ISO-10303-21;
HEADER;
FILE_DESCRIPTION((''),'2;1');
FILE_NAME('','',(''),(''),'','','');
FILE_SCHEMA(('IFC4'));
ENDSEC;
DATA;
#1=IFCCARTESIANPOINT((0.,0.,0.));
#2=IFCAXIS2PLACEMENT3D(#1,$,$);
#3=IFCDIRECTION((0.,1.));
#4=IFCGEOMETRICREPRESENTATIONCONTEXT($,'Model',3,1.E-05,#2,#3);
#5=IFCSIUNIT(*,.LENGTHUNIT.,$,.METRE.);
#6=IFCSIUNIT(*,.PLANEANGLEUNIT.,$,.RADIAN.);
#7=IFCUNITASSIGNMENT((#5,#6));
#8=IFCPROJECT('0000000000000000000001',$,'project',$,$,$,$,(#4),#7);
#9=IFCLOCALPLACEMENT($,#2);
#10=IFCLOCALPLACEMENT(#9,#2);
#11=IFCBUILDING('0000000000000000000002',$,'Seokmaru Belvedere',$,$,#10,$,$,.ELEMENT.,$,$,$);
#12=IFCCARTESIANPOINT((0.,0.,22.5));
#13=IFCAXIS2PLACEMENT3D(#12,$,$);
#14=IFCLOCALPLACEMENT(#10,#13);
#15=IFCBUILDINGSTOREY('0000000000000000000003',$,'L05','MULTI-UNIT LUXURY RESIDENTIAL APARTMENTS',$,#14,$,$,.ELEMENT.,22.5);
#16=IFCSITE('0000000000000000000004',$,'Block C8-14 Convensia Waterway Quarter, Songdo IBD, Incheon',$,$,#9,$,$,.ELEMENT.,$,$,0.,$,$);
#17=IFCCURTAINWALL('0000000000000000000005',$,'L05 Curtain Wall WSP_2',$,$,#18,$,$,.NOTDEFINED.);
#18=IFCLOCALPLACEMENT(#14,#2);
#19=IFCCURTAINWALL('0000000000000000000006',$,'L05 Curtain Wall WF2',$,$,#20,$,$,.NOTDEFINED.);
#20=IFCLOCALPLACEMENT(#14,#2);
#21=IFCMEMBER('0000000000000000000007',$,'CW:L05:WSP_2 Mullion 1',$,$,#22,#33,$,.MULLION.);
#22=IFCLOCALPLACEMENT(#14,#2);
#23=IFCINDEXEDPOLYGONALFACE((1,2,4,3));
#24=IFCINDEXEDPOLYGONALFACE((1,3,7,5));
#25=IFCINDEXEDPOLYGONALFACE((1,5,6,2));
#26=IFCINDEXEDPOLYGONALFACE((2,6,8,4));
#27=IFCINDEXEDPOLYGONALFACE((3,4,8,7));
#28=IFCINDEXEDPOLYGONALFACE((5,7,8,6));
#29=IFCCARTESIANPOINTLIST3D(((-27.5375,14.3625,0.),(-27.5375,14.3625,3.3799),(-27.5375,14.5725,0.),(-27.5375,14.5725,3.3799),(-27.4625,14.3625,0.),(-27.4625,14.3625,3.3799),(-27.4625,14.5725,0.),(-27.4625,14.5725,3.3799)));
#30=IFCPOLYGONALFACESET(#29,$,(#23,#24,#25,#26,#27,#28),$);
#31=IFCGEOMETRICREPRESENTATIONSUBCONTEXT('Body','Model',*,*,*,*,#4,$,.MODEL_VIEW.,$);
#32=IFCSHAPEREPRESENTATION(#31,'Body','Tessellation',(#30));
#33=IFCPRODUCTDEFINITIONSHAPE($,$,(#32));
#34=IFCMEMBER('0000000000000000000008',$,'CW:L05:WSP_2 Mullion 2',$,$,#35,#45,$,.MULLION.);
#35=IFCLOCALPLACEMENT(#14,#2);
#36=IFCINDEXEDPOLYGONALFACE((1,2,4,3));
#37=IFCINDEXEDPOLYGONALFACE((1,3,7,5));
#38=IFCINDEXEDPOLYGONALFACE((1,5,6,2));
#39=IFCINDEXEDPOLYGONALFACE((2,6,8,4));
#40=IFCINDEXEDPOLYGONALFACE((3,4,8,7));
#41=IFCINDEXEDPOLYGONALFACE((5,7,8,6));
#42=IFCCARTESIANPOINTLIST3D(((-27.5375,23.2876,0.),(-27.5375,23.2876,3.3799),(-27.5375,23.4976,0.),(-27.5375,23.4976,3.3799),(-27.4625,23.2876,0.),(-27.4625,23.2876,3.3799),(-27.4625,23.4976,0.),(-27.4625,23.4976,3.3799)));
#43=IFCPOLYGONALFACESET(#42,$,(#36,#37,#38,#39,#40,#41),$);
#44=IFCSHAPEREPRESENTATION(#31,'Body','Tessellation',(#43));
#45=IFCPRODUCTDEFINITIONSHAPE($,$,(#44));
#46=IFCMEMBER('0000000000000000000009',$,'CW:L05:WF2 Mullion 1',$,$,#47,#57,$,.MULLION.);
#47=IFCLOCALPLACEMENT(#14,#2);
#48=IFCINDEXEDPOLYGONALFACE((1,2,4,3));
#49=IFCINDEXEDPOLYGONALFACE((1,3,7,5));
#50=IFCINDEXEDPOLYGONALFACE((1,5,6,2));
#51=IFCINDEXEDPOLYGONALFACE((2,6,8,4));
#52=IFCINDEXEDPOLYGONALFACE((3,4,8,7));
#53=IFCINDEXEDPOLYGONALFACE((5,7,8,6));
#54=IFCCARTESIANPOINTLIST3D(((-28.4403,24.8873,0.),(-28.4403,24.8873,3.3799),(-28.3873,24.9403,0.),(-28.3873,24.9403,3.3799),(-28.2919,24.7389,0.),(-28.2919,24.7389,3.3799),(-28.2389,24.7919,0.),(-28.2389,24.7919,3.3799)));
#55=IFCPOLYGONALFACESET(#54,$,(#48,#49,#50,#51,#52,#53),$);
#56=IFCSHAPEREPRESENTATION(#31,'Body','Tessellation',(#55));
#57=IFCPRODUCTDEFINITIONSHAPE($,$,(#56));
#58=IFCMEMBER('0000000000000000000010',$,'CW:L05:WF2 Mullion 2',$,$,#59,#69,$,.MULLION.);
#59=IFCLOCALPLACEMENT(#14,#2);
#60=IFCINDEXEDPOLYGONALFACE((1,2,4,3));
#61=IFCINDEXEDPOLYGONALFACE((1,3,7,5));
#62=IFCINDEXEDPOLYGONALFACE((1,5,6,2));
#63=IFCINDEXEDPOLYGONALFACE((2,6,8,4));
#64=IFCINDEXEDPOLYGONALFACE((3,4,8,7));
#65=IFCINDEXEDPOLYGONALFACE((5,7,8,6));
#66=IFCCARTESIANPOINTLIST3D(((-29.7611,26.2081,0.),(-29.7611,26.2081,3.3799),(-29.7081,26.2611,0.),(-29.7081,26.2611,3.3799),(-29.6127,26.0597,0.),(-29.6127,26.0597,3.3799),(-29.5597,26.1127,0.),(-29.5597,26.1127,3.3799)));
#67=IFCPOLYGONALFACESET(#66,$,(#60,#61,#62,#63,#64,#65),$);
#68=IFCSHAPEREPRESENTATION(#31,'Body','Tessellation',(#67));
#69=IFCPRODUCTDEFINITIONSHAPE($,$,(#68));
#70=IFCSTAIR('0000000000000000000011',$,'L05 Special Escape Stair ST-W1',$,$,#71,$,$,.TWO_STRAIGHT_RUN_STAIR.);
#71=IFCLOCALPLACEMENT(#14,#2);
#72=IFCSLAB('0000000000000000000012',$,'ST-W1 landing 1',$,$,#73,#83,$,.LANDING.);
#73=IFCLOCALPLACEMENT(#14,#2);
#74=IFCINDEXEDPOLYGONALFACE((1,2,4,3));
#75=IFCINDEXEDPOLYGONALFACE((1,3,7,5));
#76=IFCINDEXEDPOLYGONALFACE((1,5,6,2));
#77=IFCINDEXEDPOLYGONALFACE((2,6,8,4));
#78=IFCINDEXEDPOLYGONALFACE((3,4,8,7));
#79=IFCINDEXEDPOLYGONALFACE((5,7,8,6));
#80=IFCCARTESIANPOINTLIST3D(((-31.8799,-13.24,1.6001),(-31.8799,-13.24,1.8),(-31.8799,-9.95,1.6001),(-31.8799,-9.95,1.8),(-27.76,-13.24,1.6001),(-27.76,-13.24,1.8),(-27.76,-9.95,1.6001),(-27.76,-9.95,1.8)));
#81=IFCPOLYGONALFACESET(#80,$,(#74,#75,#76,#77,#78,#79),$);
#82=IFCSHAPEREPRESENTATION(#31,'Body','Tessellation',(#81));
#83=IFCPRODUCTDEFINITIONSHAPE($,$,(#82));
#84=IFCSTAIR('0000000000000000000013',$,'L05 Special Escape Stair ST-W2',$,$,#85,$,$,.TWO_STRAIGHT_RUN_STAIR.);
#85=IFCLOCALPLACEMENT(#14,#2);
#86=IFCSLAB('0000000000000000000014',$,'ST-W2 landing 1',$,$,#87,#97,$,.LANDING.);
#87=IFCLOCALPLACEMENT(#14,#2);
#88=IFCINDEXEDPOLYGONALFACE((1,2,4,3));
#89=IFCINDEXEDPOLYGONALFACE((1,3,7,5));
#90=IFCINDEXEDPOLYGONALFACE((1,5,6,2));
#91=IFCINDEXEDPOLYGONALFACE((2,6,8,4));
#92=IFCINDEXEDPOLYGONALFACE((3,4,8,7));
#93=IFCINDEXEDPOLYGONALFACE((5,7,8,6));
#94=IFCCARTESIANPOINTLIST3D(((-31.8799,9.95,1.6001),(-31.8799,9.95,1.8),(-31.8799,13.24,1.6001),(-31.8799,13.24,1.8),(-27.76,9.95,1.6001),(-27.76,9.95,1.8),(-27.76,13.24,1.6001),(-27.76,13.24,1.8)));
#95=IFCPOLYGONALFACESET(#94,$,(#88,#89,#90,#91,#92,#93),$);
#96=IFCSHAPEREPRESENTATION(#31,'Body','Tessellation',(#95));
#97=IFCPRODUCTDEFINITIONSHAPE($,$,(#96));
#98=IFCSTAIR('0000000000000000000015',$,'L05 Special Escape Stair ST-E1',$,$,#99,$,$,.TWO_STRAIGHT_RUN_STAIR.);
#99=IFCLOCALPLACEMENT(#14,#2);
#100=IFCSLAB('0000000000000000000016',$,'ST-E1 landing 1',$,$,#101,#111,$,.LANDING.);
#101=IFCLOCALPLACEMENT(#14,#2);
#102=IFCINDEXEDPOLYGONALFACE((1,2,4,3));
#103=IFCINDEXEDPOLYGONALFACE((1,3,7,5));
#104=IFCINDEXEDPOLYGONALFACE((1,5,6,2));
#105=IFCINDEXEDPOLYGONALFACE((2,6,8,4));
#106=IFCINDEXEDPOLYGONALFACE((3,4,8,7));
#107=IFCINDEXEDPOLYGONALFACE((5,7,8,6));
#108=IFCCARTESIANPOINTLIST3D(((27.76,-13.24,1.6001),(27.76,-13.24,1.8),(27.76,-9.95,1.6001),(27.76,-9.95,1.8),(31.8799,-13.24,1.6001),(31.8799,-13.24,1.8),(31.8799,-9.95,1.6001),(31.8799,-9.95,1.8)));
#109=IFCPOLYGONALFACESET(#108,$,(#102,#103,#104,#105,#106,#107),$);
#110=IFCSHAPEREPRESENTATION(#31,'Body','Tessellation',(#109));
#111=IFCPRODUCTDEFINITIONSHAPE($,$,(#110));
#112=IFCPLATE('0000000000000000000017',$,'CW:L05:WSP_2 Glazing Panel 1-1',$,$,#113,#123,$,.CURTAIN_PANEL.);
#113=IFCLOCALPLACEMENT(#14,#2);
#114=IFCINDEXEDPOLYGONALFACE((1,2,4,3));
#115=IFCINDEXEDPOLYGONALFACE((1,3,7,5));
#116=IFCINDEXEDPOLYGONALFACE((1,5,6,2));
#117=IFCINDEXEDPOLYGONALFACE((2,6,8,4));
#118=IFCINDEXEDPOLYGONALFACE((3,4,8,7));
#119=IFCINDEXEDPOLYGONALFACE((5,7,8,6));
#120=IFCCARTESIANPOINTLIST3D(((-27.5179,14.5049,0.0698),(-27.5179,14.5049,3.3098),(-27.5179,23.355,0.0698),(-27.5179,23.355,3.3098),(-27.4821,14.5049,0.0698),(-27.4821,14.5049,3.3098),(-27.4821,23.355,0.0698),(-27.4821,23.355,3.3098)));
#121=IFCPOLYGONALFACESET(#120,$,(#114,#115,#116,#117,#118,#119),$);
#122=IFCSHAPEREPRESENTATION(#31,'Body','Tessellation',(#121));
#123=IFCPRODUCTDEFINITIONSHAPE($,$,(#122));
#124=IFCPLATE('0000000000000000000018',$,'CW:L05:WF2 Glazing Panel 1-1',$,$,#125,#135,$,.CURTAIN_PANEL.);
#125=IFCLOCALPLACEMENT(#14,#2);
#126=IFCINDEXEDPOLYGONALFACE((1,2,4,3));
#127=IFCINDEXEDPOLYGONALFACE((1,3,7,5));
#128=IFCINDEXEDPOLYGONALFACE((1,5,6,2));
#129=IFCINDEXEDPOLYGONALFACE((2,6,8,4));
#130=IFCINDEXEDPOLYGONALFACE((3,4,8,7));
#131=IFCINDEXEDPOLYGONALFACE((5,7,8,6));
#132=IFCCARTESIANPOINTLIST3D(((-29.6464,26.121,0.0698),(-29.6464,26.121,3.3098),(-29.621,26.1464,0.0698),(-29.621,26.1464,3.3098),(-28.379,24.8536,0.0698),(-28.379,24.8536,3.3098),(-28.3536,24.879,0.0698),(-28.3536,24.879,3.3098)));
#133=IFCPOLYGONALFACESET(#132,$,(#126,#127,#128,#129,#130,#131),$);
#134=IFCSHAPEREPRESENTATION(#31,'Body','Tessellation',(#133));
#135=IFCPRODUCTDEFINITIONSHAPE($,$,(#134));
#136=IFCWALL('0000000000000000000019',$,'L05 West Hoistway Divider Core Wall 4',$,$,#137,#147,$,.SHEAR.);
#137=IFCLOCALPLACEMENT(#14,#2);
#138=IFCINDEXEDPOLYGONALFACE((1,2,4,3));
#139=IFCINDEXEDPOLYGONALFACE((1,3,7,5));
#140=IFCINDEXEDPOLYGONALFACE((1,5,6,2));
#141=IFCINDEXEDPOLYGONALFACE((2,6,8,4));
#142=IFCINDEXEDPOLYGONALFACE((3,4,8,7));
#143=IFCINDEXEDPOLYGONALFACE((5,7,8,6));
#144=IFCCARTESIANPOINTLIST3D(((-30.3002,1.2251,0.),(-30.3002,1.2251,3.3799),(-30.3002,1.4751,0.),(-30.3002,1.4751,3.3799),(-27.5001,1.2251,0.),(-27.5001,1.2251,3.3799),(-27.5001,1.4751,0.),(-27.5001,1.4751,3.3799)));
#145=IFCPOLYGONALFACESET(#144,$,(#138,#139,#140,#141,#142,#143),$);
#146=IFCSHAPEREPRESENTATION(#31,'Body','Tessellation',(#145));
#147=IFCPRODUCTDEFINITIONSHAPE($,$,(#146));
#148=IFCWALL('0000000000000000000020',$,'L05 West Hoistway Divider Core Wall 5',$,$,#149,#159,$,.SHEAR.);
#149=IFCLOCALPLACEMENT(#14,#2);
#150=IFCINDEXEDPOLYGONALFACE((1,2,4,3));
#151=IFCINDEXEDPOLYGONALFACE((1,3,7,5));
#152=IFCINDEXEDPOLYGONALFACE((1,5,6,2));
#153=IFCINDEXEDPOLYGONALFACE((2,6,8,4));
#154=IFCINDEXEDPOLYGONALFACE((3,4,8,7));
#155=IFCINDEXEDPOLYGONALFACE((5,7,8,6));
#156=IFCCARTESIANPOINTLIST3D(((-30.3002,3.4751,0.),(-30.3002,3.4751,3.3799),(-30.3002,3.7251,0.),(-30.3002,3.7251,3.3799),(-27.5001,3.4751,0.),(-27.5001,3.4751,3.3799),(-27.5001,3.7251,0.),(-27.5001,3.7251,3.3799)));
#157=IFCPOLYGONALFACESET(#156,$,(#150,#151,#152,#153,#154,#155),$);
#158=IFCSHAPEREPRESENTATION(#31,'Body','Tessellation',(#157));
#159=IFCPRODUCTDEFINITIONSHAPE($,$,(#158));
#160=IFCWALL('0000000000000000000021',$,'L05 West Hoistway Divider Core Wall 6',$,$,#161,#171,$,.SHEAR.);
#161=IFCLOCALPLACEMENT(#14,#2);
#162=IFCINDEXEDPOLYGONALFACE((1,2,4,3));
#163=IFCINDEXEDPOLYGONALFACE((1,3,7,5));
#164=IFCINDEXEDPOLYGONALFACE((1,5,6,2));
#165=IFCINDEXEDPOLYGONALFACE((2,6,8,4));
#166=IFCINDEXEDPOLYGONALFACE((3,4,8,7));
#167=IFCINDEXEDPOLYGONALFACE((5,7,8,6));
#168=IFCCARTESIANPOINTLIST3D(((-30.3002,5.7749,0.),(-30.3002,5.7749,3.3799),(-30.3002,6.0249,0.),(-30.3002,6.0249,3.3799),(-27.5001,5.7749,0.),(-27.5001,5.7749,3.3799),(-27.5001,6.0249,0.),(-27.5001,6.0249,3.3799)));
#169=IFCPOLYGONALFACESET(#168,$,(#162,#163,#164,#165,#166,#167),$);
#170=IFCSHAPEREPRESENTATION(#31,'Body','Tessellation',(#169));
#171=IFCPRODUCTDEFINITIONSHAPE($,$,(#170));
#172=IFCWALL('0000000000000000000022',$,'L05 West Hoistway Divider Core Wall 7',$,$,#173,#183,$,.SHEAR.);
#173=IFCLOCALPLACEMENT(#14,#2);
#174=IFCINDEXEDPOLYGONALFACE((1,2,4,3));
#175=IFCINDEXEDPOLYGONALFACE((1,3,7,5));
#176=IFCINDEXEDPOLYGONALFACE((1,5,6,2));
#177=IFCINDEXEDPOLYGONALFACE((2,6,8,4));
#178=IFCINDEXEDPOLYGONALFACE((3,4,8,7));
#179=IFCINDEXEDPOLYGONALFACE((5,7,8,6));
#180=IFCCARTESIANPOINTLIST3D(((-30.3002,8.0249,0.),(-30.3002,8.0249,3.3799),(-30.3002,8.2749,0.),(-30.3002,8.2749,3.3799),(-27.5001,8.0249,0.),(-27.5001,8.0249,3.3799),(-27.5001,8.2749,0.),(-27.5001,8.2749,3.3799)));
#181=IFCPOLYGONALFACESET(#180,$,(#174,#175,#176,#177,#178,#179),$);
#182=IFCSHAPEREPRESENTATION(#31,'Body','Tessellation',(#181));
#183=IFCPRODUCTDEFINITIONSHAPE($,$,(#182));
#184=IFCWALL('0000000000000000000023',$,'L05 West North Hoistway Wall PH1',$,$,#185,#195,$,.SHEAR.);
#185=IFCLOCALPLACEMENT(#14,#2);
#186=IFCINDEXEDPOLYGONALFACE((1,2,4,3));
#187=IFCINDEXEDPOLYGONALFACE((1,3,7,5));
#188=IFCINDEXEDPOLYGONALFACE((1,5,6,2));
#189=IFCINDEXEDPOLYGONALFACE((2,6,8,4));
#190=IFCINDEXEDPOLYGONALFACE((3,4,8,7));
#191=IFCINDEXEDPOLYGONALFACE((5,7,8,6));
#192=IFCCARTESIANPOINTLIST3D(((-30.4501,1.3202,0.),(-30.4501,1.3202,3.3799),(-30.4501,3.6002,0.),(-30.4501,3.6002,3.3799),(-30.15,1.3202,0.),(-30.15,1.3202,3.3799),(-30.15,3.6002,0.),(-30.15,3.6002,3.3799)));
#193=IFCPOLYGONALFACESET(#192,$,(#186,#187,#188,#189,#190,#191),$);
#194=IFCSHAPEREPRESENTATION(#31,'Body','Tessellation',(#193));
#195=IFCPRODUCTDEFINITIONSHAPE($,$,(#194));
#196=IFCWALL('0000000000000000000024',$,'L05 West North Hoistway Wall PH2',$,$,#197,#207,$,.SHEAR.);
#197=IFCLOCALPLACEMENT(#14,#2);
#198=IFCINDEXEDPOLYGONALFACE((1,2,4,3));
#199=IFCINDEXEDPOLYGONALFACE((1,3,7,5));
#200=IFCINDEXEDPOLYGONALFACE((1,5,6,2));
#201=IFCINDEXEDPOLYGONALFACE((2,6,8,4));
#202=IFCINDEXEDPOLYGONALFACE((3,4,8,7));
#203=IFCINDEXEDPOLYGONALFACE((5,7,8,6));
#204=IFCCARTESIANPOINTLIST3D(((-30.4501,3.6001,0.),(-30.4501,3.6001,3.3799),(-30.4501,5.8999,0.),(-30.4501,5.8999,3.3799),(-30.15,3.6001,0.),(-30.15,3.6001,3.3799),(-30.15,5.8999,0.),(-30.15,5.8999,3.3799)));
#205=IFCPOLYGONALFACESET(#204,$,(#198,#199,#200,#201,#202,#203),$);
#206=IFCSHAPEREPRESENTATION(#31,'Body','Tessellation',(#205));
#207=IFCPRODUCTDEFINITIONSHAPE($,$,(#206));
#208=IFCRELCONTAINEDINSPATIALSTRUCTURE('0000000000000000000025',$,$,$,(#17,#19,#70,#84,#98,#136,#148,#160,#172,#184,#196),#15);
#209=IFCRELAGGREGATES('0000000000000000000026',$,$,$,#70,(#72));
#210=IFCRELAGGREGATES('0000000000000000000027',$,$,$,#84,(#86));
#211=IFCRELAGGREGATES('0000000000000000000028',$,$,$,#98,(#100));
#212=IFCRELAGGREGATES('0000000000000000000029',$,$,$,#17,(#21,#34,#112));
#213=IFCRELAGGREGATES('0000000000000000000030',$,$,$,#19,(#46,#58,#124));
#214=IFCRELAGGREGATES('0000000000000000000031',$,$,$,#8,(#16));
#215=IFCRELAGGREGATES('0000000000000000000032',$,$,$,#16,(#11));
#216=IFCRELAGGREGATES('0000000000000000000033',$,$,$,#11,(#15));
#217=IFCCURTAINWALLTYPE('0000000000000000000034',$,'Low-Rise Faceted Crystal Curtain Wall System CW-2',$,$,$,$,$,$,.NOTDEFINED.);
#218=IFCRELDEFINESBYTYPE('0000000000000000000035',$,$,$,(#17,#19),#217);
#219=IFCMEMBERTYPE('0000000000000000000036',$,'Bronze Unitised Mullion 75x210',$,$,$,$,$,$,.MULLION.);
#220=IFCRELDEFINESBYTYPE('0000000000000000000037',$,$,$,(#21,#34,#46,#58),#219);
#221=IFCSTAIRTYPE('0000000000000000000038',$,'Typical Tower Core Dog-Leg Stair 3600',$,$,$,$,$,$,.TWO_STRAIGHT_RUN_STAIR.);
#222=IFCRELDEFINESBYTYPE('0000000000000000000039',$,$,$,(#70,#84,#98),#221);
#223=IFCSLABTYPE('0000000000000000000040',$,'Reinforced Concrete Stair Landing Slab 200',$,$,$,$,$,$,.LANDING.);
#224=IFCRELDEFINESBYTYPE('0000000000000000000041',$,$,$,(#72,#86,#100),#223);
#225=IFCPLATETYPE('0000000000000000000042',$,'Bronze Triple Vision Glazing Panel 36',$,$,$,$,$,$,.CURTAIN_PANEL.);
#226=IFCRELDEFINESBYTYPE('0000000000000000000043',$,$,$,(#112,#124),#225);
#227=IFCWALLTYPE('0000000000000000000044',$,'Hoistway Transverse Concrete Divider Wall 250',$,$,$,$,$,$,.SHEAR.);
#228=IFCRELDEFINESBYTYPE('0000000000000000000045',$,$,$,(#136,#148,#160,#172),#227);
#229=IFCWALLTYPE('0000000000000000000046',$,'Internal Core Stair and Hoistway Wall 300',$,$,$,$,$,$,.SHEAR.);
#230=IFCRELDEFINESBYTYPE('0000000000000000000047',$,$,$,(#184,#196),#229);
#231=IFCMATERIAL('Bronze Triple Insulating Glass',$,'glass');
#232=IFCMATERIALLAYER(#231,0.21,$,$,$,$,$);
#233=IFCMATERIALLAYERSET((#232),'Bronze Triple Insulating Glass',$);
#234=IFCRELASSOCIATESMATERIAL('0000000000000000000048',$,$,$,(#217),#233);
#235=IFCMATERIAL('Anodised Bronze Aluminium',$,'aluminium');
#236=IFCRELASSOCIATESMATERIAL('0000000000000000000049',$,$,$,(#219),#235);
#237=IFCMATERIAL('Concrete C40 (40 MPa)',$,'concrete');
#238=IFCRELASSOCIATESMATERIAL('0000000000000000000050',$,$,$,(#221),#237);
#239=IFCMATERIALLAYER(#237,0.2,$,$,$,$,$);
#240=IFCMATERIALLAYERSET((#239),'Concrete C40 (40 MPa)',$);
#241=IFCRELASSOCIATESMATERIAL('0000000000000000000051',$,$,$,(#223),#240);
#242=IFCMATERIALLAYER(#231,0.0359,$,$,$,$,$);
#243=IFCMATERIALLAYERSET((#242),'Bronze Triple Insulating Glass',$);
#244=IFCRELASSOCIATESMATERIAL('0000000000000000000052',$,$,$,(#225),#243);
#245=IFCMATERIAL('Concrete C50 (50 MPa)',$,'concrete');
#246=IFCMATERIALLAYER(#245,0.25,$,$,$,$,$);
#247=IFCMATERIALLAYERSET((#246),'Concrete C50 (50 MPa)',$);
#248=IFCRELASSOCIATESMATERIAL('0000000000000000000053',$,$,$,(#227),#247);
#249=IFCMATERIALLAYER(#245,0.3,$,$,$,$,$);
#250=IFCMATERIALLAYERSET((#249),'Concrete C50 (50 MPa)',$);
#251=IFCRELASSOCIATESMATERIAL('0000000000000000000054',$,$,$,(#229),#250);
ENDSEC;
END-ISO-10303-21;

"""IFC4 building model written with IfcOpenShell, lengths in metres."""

from ifc_helpers import new_model, si_unit, direction, frame, frame_2d, origin, origin_2d, place, context, subcontext, project, spatial, polyline, rectangle, outline, extrude, source, transform, mapped, material, layer, layer_set, material_profile, profile_set, type_object, type_shapes, element, aggregate, save


model = new_model("IFC4")

# Units and contexts
model_context = context("Model", 3, precision=1e-05, world=origin(), true_north=direction((0.0, 1.0)))
body_context = subcontext(model_context, "Body", "Model", "MODEL_VIEW")
ifc_project = project(units=[si_unit("LENGTHUNIT", "METRE"), si_unit("PLANEANGLEUNIT", "RADIAN")], contexts=[model_context])

# Site, building, storey
site_placement = place(None, origin())
site = spatial("IfcSite", under=ifc_project, at=site_placement, Name="Block C8-14 Convensia Waterway Quarter, Songdo IBD, Incheon", CompositionType="ELEMENT", RefElevation=0.0)
building_placement = place(site_placement, origin())
building = spatial("IfcBuilding", under=site, at=building_placement, Name="Seokmaru Belvedere", CompositionType="ELEMENT")
storey_placement = place(building_placement, frame((0.0, 0.0, 22.5)))
storey = spatial("IfcBuildingStorey", under=building, at=storey_placement, Name="L05", Description="MULTI-UNIT LUXURY RESIDENTIAL APARTMENTS", CompositionType="ELEMENT", Elevation=22.5)

# Curtain walls
ifc_material_1 = material(Name="Bronze Triple Insulating Glass", Category="glass")
ifc_layer_1 = layer(ifc_material_1, 0.21)
ifc_layer_set_1 = layer_set([ifc_layer_1], Name="Bronze Triple Insulating Glass")
curtain_wall_type = type_object("IfcCurtainWallType", Name="Low-Rise Faceted Crystal Curtain Wall System CW-2", PredefinedType="NOTDEFINED", material=ifc_layer_set_1)
curtain_wall_1_placement = place(storey_placement, origin())
curtain_wall_1 = element("IfcCurtainWall", 1, at=curtain_wall_1_placement, inside=storey, type_object=curtain_wall_type, Name="L05 Curtain Wall WSP_2", PredefinedType="NOTDEFINED")
ifc_material_2 = material(Name="Anodised Bronze Aluminium", Category="aluminium")
curtain_wall_2_placement = place(storey_placement, origin())
curtain_wall_2 = element("IfcCurtainWall", 2, at=curtain_wall_2_placement, inside=storey, type_object=curtain_wall_type, Name="L05 Curtain Wall WF2", PredefinedType="NOTDEFINED")

# Members
ifc_material_profile_1 = material_profile(ifc_material_2, rectangle(XDim=0.075, YDim=0.21, at=origin_2d()), Name="CW-M-75x210")
ifc_profile_set_1 = profile_set([ifc_material_profile_1], Name="Anodised Bronze Aluminium")
member_type_1 = type_object("IfcMemberType", Name="Bronze Unitised Mullion 75x210", PredefinedType="MULLION", material=ifc_profile_set_1)
shared_shape_1 = source(origin(), body_context, "Body", "SweptSolid", [
    extrude(rectangle(XDim=0.075, YDim=0.21, at=origin_2d()), origin(), (0.0, 0.0, 1.0), 3.3799),
])
type_shapes(member_type_1, [shared_shape_1])
member_1_placement = place(storey_placement, frame((-27.5, 14.4675, 0.0), z_axis=(0.0, 0.0, 1.0), x_axis=(-1.0, 0.0, 0.0)))
member_1 = element("IfcMember", 3, at=member_1_placement, type_object=member_type_1, Name="CW:L05:WSP_2 Mullion 1", PredefinedType="MULLION", context=body_context, shape_type="MappedRepresentation", body=[
    mapped(shared_shape_1, transform((0.0, 0.0, 0.0), scale=1.0)),
])
member_2_placement = place(storey_placement, frame((-27.5, 23.3926, 0.0), z_axis=(0.0, 0.0, 1.0), x_axis=(-1.0, 0.0, 0.0)))
member_2 = element("IfcMember", 4, at=member_2_placement, type_object=member_type_1, Name="CW:L05:WSP_2 Mullion 2", PredefinedType="MULLION", context=body_context, shape_type="MappedRepresentation", body=[
    mapped(shared_shape_1, transform((0.0, 0.0, 0.0), scale=1.0)),
])
member_3_placement = place(storey_placement, frame((-28.3396, 24.8396, 0.0), z_axis=(0.0, 0.0, 1.0), x_axis=(-0.707107, -0.707107, 0.0)))
member_3 = element("IfcMember", 5, at=member_3_placement, type_object=member_type_1, Name="CW:L05:WF2 Mullion 1", PredefinedType="MULLION", context=body_context, shape_type="MappedRepresentation", body=[
    mapped(shared_shape_1, transform((0.0, 0.0, 0.0), scale=1.0)),
])
member_4_placement = place(storey_placement, frame((-29.6604, 26.1604, 0.0), z_axis=(0.0, 0.0, 1.0), x_axis=(-0.707107, -0.707107, 0.0)))
member_4 = element("IfcMember", 6, at=member_4_placement, type_object=member_type_1, Name="CW:L05:WF2 Mullion 2", PredefinedType="MULLION", context=body_context, shape_type="MappedRepresentation", body=[
    mapped(shared_shape_1, transform((0.0, 0.0, 0.0), scale=1.0)),
])

# Stairs, slabs
ifc_material_3 = material(Name="Concrete C40 (40 MPa)", Category="concrete")
stair_type = type_object("IfcStairType", Name="Typical Tower Core Dog-Leg Stair 3600", PredefinedType="TWO_STRAIGHT_RUN_STAIR", material=ifc_material_3)
stair_1_placement = place(storey_placement, origin())
stair_1 = element("IfcStair", 7, at=stair_1_placement, inside=storey, type_object=stair_type, Name="L05 Special Escape Stair ST-W1", PredefinedType="TWO_STRAIGHT_RUN_STAIR")
ifc_layer_2 = layer(ifc_material_3, 0.2)
ifc_layer_set_2 = layer_set([ifc_layer_2], Name="Concrete C40 (40 MPa)")
slab_type = type_object("IfcSlabType", Name="Reinforced Concrete Stair Landing Slab 200", PredefinedType="LANDING", material=ifc_layer_set_2)
slab_1_placement = place(storey_placement, frame((0.0, 0.0, 1.6001)))
slab_1 = element("IfcSlab", 8, at=slab_1_placement, type_object=slab_type, Name="ST-W1 landing 1", PredefinedType="LANDING", context=body_context, shape_type="SweptSolid", body=[
    extrude(outline(polyline([(-31.8799, -13.24), (-27.76, -13.24), (-27.76, -9.95), (-31.8799, -9.95), (-31.8799, -13.24)])), origin(), (0.0, 0.0, 1.0), 0.2),
])
aggregate(stair_1, [slab_1])
stair_2_placement = place(storey_placement, origin())
stair_2 = element("IfcStair", 9, at=stair_2_placement, inside=storey, type_object=stair_type, Name="L05 Special Escape Stair ST-W2", PredefinedType="TWO_STRAIGHT_RUN_STAIR")
slab_2_placement = place(storey_placement, frame((0.0, 0.0, 1.6001)))
slab_2 = element("IfcSlab", 10, at=slab_2_placement, type_object=slab_type, Name="ST-W2 landing 1", PredefinedType="LANDING", context=body_context, shape_type="SweptSolid", body=[
    extrude(outline(polyline([(-31.8799, 9.95), (-27.76, 9.95), (-27.76, 13.24), (-31.8799, 13.24), (-31.8799, 9.95)])), origin(), (0.0, 0.0, 1.0), 0.2),
])
aggregate(stair_2, [slab_2])
stair_3_placement = place(storey_placement, origin())
stair_3 = element("IfcStair", 11, at=stair_3_placement, inside=storey, type_object=stair_type, Name="L05 Special Escape Stair ST-E1", PredefinedType="TWO_STRAIGHT_RUN_STAIR")
slab_3_placement = place(storey_placement, frame((0.0, 0.0, 1.6001)))
slab_3 = element("IfcSlab", 12, at=slab_3_placement, type_object=slab_type, Name="ST-E1 landing 1", PredefinedType="LANDING", context=body_context, shape_type="SweptSolid", body=[
    extrude(outline(polyline([(27.76, -13.24), (31.8799, -13.24), (31.8799, -9.95), (27.76, -9.95), (27.76, -13.24)])), origin(), (0.0, 0.0, 1.0), 0.2),
])
aggregate(stair_3, [slab_3])

# Plates
ifc_layer_3 = layer(ifc_material_1, 0.0359)
ifc_layer_set_3 = layer_set([ifc_layer_3], Name="Bronze Triple Insulating Glass")
plate_type = type_object("IfcPlateType", Name="Bronze Triple Vision Glazing Panel 36", PredefinedType="CURTAIN_PANEL", material=ifc_layer_set_3)
shared_shape_2 = source(origin(), body_context, "Body", "SweptSolid", [
    extrude(rectangle(XDim=8.8501, YDim=0.0359, at=origin_2d()), origin(), (0.0, 0.0, 1.0), 3.24),
])
plate_1_placement = place(storey_placement, frame((-27.5, 18.9299, 0.0698), z_axis=(0.0, 0.0, 1.0), x_axis=(0.0, 1.0, 0.0)))
plate_1 = element("IfcPlate", 13, at=plate_1_placement, type_object=plate_type, Name="CW:L05:WSP_2 Glazing Panel 1-1", PredefinedType="CURTAIN_PANEL", context=body_context, shape_type="MappedRepresentation", body=[
    mapped(shared_shape_2, transform((0.0, 0.0, 0.0), scale=1.0)),
])
aggregate(curtain_wall_1, [member_1, member_2, plate_1])
shared_shape_3 = source(origin(), body_context, "Body", "SweptSolid", [
    extrude(rectangle(XDim=1.7925, YDim=0.0359, at=origin_2d()), origin(), (0.0, 0.0, 1.0), 3.24),
])
type_shapes(plate_type, [shared_shape_2, shared_shape_3])
plate_2_placement = place(storey_placement, frame((-29.0, 25.5, 0.0698), z_axis=(0.0, 0.0, 1.0), x_axis=(-0.707107, 0.707107, 0.0)))
plate_2 = element("IfcPlate", 14, at=plate_2_placement, type_object=plate_type, Name="CW:L05:WF2 Glazing Panel 1-1", PredefinedType="CURTAIN_PANEL", context=body_context, shape_type="MappedRepresentation", body=[
    mapped(shared_shape_3, transform((0.0, 0.0, 0.0), scale=1.0)),
])
aggregate(curtain_wall_2, [member_3, member_4, plate_2])

# Walls
ifc_material_4 = material(Name="Concrete C50 (50 MPa)", Category="concrete")
ifc_layer_4 = layer(ifc_material_4, 0.25)
ifc_layer_set_4 = layer_set([ifc_layer_4], Name="Concrete C50 (50 MPa)")
wall_type_1 = type_object("IfcWallType", Name="Hoistway Transverse Concrete Divider Wall 250", PredefinedType="SHEAR", material=ifc_layer_set_4)
for number, where, z_axis, x_axis, name in (
    (15, (-30.3, 1.3501, 0.0), (0.0, 0.0, 1.0), (1.0, 0.0, 0.0), "L05 West Hoistway Divider Core Wall 4"),
    (16, (-30.3, 3.6001, 0.0), (0.0, 0.0, 1.0), (1.0, 0.0, 0.0), "L05 West Hoistway Divider Core Wall 5"),
    (17, (-30.3, 5.8999, 0.0), (0.0, 0.0, 1.0), (1.0, 0.0, 0.0), "L05 West Hoistway Divider Core Wall 6"),
    (18, (-30.3, 8.1499, 0.0), (0.0, 0.0, 1.0), (1.0, 0.0, 0.0), "L05 West Hoistway Divider Core Wall 7"),
):
    element("IfcWall", number, at=place(storey_placement, frame(where, z_axis=z_axis, x_axis=x_axis)), inside=storey, type_object=wall_type_1, Name=name, PredefinedType="SHEAR", context=body_context, shape_type="SweptSolid", body=[
        extrude(rectangle(XDim=2.8, YDim=0.25, at=frame_2d((1.3999, 0.0))), origin(), (0.0, 0.0, 1.0), 3.3799),
    ])
ifc_layer_5 = layer(ifc_material_4, 0.3)
ifc_layer_set_5 = layer_set([ifc_layer_5], Name="Concrete C50 (50 MPa)")
wall_type_2 = type_object("IfcWallType", Name="Internal Core Stair and Hoistway Wall 300", PredefinedType="SHEAR", material=ifc_layer_set_5)
wall_1_placement = place(storey_placement, frame((-30.3, 1.3201, 0.0), z_axis=(0.0, 0.0, 1.0), x_axis=(0.0, 1.0, 0.0)))
element("IfcWall", 19, at=wall_1_placement, inside=storey, type_object=wall_type_2, Name="L05 West North Hoistway Wall PH1", PredefinedType="SHEAR", context=body_context, shape_type="SweptSolid", body=[
    extrude(rectangle(XDim=2.28, YDim=0.3, at=frame_2d((1.1401, 0.0))), origin(), (0.0, 0.0, 1.0), 3.3799),
])
wall_2_placement = place(storey_placement, frame((-30.3, 3.6001, 0.0), z_axis=(0.0, 0.0, 1.0), x_axis=(0.0, 1.0, 0.0)))
element("IfcWall", 20, at=wall_2_placement, inside=storey, type_object=wall_type_2, Name="L05 West North Hoistway Wall PH2", PredefinedType="SHEAR", context=body_context, shape_type="SweptSolid", body=[
    extrude(rectangle(XDim=2.2998, YDim=0.3, at=frame_2d((1.1499, 0.0))), origin(), (0.0, 0.0, 1.0), 3.3799),
])

save(model, "model.ifc")
